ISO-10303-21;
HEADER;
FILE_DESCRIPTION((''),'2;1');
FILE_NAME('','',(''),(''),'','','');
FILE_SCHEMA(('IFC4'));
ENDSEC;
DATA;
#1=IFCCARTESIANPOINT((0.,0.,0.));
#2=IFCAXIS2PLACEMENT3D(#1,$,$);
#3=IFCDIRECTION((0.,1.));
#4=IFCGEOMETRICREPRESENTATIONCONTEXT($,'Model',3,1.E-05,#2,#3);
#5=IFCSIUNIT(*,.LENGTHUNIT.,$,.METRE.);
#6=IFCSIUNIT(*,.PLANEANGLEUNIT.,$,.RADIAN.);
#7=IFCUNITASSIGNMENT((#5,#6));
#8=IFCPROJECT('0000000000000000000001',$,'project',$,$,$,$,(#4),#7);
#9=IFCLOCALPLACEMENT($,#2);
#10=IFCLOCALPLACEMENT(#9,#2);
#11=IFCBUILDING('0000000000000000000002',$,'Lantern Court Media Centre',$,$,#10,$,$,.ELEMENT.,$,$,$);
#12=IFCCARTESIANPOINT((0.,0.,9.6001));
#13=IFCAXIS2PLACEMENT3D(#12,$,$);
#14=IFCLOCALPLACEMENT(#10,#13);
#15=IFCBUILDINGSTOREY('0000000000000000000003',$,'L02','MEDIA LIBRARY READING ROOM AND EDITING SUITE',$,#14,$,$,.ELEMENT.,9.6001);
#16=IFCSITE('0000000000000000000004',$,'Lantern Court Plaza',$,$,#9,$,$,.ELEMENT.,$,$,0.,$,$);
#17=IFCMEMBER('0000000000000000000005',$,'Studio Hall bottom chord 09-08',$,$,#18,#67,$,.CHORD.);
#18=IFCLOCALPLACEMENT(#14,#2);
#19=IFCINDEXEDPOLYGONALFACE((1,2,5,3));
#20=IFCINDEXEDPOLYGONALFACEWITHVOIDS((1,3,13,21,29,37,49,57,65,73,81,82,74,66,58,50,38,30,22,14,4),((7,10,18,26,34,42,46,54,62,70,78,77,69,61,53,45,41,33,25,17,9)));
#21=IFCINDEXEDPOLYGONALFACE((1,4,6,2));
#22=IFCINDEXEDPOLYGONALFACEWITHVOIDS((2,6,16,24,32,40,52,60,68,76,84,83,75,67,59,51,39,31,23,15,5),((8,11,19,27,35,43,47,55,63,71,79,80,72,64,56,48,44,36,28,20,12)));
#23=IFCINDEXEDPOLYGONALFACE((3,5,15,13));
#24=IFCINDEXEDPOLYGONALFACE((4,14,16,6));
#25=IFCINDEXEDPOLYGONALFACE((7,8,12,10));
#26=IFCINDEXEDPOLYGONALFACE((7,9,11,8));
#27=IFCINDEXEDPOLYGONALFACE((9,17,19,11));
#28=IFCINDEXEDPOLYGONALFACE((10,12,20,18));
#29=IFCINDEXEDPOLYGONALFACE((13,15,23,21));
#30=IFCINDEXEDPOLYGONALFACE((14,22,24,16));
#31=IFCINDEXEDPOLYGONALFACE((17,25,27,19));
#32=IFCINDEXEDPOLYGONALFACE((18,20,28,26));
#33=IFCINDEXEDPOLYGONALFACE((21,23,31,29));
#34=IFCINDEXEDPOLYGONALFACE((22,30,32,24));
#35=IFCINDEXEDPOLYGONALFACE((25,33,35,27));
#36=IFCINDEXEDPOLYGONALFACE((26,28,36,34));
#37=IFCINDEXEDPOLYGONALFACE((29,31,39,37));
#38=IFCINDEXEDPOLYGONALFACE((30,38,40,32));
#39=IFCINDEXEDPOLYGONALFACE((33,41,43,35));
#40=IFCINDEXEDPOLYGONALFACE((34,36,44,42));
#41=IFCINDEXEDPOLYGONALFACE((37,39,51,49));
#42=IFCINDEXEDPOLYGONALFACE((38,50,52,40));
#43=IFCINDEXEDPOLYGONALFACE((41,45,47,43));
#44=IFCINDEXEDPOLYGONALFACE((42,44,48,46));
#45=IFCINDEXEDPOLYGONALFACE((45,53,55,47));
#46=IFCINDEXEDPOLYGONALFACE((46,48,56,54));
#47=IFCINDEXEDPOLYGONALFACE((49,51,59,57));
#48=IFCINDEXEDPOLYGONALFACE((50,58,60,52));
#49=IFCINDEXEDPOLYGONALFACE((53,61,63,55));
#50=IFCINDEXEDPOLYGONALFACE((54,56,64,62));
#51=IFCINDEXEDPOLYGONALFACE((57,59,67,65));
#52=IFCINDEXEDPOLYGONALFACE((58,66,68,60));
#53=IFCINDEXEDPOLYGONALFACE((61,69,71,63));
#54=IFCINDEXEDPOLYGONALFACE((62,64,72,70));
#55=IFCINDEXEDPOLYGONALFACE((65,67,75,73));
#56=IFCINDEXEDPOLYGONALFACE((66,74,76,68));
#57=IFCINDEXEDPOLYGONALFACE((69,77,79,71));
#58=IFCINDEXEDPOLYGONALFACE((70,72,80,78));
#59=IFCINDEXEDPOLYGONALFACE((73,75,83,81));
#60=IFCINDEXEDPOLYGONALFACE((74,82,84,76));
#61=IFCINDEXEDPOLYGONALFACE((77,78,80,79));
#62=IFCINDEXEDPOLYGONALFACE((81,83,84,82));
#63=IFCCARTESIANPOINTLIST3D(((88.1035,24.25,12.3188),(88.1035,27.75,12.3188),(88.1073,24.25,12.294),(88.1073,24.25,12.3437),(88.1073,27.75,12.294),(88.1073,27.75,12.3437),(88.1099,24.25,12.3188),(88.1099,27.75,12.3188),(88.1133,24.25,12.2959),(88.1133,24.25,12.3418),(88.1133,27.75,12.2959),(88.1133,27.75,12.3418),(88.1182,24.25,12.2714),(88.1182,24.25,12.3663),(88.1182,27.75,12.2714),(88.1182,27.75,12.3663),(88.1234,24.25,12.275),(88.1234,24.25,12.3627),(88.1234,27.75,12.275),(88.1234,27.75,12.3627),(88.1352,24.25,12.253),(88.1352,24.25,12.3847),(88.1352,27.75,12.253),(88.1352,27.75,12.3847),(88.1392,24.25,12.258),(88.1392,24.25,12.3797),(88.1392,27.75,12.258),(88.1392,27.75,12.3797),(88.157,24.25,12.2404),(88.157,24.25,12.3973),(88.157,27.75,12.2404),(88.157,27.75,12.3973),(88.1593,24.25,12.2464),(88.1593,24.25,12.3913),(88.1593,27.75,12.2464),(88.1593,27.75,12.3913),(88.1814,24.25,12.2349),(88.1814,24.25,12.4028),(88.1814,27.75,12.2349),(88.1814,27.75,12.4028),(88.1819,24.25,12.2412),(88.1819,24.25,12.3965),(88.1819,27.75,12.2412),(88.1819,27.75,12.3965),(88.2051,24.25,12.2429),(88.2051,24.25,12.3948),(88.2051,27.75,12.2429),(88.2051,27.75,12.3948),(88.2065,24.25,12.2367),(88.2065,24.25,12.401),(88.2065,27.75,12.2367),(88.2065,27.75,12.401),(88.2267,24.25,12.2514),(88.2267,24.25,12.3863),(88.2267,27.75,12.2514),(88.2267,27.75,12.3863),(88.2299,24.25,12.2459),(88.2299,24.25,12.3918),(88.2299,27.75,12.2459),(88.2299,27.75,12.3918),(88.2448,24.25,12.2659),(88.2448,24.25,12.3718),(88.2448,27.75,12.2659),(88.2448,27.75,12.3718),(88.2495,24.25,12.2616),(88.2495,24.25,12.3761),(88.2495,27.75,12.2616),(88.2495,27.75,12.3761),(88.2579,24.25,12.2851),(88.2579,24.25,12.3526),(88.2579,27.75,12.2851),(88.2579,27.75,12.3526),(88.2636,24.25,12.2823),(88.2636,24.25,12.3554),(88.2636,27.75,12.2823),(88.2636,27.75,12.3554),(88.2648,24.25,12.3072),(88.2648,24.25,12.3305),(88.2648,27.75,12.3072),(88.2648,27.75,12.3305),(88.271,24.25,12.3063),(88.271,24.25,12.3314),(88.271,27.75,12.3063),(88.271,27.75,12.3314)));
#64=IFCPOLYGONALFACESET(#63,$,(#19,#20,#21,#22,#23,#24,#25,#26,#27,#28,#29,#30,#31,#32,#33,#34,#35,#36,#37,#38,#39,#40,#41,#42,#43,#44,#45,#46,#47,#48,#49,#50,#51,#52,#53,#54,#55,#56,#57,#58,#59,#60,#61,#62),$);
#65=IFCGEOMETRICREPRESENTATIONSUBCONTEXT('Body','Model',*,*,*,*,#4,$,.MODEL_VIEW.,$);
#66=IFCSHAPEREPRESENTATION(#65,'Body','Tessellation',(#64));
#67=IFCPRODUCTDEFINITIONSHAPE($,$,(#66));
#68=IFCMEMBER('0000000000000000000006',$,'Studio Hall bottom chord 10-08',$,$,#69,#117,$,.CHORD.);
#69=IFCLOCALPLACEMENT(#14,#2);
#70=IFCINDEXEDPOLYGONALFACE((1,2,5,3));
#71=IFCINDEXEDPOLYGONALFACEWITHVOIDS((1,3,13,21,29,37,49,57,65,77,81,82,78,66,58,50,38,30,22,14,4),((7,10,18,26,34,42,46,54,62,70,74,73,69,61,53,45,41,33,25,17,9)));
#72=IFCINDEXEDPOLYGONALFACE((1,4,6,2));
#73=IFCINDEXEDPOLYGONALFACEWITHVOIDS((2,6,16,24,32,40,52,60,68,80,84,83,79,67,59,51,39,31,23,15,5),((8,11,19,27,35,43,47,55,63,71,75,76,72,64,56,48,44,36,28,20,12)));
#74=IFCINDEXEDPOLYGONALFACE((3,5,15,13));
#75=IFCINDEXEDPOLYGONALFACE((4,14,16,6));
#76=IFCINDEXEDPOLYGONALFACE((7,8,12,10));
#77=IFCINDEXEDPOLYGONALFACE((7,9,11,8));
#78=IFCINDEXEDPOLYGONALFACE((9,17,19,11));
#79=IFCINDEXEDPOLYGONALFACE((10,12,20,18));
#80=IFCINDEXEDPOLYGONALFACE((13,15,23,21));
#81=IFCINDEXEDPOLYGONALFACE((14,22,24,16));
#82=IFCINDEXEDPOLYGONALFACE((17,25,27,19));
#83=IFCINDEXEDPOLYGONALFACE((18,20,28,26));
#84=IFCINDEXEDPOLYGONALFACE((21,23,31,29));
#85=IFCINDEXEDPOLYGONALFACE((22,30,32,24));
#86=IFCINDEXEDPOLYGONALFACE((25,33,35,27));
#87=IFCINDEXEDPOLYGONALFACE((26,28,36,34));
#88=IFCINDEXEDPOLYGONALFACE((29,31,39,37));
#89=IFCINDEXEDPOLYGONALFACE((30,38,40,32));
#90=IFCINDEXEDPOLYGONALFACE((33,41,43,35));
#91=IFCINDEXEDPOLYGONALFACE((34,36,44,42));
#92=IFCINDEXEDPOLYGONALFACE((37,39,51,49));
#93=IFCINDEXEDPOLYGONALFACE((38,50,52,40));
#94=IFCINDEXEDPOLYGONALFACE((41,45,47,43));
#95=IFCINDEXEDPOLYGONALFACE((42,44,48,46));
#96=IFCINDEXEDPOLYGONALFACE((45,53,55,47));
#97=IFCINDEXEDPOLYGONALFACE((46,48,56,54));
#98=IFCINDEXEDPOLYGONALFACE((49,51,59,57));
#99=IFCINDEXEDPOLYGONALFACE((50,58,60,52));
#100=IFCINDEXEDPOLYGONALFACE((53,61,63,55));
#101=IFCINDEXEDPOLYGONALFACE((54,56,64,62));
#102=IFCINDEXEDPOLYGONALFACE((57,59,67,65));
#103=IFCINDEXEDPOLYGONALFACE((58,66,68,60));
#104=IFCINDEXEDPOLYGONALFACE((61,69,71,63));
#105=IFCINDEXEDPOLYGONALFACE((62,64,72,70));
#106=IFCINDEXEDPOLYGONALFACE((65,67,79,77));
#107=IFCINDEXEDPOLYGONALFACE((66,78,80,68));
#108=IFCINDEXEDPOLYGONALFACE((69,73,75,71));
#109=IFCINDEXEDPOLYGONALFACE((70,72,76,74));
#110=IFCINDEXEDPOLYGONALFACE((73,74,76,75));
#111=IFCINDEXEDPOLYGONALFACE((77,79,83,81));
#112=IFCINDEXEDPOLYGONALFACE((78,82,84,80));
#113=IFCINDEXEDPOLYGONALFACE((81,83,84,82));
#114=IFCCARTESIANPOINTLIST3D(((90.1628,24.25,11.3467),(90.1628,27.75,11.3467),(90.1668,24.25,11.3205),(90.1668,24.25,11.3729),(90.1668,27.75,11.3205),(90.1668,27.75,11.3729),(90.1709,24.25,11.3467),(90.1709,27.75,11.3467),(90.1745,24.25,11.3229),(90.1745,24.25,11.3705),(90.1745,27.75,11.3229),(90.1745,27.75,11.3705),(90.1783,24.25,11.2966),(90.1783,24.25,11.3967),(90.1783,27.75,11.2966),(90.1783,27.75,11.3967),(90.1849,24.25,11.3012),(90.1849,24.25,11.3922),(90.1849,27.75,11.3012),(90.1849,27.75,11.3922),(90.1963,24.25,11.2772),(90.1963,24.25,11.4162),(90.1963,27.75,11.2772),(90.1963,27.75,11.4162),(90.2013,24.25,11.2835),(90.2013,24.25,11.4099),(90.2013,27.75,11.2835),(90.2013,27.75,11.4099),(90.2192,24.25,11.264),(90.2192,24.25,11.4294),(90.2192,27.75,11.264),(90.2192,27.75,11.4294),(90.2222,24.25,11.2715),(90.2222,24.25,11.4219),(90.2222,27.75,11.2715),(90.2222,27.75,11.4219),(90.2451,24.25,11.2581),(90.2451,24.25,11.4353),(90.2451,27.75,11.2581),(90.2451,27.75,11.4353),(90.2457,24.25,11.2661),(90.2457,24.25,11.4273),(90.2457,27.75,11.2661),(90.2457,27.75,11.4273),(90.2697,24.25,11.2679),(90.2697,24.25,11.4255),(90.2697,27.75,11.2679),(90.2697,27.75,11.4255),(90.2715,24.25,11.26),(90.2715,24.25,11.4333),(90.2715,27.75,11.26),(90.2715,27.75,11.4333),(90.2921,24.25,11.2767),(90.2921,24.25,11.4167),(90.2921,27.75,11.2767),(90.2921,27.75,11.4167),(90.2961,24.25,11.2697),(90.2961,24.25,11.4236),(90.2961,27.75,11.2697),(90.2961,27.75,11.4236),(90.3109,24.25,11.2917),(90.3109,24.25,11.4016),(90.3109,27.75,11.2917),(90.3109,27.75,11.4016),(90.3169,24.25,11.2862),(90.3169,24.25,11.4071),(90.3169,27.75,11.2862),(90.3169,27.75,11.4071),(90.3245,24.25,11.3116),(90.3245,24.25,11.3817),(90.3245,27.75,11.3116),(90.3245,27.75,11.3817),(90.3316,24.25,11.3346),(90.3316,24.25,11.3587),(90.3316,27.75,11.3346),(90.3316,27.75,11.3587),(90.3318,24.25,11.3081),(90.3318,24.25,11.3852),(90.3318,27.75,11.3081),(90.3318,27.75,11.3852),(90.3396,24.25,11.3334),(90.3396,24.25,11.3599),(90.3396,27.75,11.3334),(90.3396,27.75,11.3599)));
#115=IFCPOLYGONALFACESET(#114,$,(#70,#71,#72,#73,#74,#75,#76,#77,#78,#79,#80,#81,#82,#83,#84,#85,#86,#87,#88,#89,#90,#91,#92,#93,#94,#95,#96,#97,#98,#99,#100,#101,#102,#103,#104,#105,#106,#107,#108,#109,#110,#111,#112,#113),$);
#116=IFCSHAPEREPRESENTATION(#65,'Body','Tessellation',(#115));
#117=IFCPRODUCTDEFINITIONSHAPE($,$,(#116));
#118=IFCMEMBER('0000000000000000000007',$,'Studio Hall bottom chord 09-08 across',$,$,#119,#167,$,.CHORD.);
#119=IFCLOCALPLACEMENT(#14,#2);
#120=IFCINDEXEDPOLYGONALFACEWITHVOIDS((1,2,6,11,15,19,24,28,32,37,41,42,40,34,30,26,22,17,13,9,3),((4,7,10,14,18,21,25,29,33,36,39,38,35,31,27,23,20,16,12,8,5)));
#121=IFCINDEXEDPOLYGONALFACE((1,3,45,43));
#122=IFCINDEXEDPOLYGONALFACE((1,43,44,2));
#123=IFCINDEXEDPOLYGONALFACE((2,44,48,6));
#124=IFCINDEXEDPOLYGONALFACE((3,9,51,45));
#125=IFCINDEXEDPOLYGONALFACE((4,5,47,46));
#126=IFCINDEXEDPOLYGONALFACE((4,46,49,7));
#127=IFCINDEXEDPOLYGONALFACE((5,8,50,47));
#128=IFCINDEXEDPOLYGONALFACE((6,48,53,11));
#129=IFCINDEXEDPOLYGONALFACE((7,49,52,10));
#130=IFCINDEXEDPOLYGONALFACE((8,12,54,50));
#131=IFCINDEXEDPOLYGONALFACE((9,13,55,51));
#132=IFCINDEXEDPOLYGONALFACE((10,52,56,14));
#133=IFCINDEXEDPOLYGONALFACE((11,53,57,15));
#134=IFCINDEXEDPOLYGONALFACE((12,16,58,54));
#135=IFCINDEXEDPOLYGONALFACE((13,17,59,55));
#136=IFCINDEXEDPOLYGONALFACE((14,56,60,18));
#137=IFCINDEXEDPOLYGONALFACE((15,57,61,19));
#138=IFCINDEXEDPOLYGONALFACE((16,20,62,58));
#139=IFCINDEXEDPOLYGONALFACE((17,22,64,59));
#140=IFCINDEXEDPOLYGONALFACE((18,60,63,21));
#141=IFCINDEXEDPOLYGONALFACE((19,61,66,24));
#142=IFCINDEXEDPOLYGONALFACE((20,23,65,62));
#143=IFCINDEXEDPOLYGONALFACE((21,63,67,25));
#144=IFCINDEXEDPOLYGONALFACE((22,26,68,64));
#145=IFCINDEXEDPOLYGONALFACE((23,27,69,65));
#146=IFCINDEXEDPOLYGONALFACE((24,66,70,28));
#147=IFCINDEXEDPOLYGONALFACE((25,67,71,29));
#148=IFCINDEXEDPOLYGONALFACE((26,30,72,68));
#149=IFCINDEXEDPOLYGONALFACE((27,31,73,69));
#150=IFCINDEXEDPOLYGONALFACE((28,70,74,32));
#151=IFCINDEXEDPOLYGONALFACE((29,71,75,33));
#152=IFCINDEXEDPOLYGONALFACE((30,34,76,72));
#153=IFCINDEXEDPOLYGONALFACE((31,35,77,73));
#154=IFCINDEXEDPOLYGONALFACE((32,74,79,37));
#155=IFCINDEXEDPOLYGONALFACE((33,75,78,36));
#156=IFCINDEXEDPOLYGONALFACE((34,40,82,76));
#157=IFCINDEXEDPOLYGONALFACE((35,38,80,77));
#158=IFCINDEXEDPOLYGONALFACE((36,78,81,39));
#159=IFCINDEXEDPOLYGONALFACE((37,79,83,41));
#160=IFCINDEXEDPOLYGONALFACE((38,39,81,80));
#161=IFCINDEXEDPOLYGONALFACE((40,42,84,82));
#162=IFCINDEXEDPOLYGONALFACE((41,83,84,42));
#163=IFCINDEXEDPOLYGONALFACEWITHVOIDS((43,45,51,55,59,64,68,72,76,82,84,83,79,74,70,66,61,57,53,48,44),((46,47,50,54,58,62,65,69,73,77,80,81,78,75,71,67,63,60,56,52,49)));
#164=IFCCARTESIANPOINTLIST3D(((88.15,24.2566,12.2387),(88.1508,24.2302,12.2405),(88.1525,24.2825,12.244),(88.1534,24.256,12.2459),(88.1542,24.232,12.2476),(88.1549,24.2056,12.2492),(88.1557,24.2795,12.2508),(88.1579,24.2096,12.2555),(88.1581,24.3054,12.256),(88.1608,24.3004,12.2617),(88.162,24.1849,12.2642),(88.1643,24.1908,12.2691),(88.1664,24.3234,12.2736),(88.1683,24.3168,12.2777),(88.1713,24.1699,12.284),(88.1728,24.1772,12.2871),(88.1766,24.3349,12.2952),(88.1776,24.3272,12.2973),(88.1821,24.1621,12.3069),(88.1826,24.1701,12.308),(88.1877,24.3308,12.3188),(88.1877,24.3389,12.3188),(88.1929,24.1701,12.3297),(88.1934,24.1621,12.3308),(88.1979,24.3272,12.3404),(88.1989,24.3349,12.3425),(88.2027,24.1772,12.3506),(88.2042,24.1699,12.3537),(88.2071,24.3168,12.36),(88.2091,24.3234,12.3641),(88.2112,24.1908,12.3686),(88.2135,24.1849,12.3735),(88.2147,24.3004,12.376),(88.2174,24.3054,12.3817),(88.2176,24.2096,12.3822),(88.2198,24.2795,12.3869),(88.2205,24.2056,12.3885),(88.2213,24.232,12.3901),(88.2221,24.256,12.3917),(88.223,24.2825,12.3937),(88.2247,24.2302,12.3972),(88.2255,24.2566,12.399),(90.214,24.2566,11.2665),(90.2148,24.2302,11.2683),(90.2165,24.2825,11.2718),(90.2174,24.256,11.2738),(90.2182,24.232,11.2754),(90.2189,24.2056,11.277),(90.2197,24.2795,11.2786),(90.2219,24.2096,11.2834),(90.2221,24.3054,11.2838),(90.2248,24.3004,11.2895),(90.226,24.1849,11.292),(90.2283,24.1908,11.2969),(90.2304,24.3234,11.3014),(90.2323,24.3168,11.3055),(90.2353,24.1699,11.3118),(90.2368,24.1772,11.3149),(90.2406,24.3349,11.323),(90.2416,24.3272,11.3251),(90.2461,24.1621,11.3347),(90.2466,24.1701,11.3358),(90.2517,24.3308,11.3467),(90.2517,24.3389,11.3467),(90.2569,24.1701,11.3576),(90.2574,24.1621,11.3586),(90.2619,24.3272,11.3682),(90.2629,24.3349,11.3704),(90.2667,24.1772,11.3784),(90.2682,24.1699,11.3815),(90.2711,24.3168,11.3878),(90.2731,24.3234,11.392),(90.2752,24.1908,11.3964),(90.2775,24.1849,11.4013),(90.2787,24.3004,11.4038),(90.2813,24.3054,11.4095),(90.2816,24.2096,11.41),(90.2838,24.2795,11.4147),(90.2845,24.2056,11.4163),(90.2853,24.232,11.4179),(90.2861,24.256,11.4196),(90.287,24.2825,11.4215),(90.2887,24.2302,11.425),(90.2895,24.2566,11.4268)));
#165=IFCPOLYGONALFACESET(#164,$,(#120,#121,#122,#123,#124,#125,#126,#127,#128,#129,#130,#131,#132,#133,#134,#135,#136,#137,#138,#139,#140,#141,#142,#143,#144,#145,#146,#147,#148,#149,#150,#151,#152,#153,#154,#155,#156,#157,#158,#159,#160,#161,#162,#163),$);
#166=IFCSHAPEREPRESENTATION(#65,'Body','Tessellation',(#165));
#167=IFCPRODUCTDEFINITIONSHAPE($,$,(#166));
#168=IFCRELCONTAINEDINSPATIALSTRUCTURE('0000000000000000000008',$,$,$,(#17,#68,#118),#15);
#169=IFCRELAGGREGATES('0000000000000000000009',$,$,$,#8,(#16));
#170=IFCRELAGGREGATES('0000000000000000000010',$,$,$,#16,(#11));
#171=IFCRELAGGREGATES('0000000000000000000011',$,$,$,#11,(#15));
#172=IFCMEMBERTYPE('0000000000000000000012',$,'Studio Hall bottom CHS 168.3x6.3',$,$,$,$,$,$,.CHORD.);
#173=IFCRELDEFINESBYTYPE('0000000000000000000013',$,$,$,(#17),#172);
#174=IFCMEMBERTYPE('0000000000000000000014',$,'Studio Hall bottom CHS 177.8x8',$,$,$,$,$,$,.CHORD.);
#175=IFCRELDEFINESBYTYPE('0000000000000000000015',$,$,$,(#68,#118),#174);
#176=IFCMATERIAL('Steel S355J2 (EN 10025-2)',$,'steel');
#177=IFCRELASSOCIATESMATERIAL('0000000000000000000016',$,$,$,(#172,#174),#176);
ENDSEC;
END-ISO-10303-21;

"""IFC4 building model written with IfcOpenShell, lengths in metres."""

from ifc_helpers import new_model, si_unit, direction, frame, origin, origin_2d, place, context, subcontext, project, spatial, hollow_circle, extrude, material, material_profile, profile_set, type_object, element, save


model = new_model("IFC4")

# Units and contexts
model_context = context("Model", 3, precision=1e-05, world=origin(), true_north=direction((0.0, 1.0)))
body_context = subcontext(model_context, "Body", "Model", "MODEL_VIEW")
ifc_project = project(units=[si_unit("LENGTHUNIT", "METRE"), si_unit("PLANEANGLEUNIT", "RADIAN")], contexts=[model_context])

# Site, building, storey
site_placement = place(None, origin())
site = spatial("IfcSite", under=ifc_project, at=site_placement, Name="Lantern Court Plaza", CompositionType="ELEMENT", RefElevation=0.0)
building_placement = place(site_placement, origin())
building = spatial("IfcBuilding", under=site, at=building_placement, Name="Lantern Court Media Centre", CompositionType="ELEMENT")
storey_placement = place(building_placement, frame((0.0, 0.0, 9.6001)))
storey = spatial("IfcBuildingStorey", under=building, at=storey_placement, Name="L02", Description="MEDIA LIBRARY READING ROOM AND EDITING SUITE", CompositionType="ELEMENT", Elevation=9.6001)

# Members
ifc_material = material(Name="Steel S355J2 (EN 10025-2)", Category="steel")
ifc_material_profile_1 = material_profile(ifc_material, hollow_circle(Radius=0.0842, WallThickness=0.0063, at=origin_2d()), Name="Studio Hall bottom CHS 168.3x6.3")
ifc_profile_set_1 = profile_set([ifc_material_profile_1], Name="Steel S355J2 (EN 10025-2)")
member_type_1 = type_object("IfcMemberType", Name="Studio Hall bottom CHS 168.3x6.3", PredefinedType="CHORD", material=ifc_profile_set_1)
member_1_placement = place(storey_placement, frame((88.1877, 24.25, 12.3188), z_axis=(0.0, 1.0, 0.0), x_axis=(-1.0, 0.0, 0.0)))
element("IfcMember", 1, at=member_1_placement, inside=storey, type_object=member_type_1, Name="Studio Hall bottom chord 09-08", PredefinedType="CHORD", context=body_context, shape_type="SweptSolid", body=[
    extrude(hollow_circle(Radius=0.0842, WallThickness=0.0063, at=origin_2d()), origin(), (0.0, 0.0, 1.0), 3.5),
])
ifc_material_profile_2 = material_profile(ifc_material, hollow_circle(Radius=0.0889, WallThickness=0.0081, at=origin_2d()), Name="Studio Hall bottom CHS 177.8x8")
ifc_profile_set_2 = profile_set([ifc_material_profile_2], Name="Steel S355J2 (EN 10025-2)")
member_type_2 = type_object("IfcMemberType", Name="Studio Hall bottom CHS 177.8x8", PredefinedType="CHORD", material=ifc_profile_set_2)
member_2_placement = place(storey_placement, frame((90.2517, 24.25, 11.3467), z_axis=(0.0, 1.0, 0.0), x_axis=(-1.0, 0.0, 0.0)))
element("IfcMember", 2, at=member_2_placement, inside=storey, type_object=member_type_2, Name="Studio Hall bottom chord 10-08", PredefinedType="CHORD", context=body_context, shape_type="SweptSolid", body=[
    extrude(hollow_circle(Radius=0.0889, WallThickness=0.0081, at=origin_2d()), origin(), (0.0, 0.0, 1.0), 3.5),
])
member_3_placement = place(storey_placement, frame((88.1877, 24.25, 12.3188), z_axis=(0.904668, 0.0, -0.426117), x_axis=(0.0, 1.0, 0.0)))
element("IfcMember", 3, at=member_3_placement, inside=storey, type_object=member_type_2, Name="Studio Hall bottom chord 09-08 across", PredefinedType="CHORD", context=body_context, shape_type="SweptSolid", body=[
    extrude(hollow_circle(Radius=0.0889, WallThickness=0.0081, at=origin_2d()), origin(), (0.0, 0.0, 1.0), 2.2815),
])

save(model, "model.ifc")
